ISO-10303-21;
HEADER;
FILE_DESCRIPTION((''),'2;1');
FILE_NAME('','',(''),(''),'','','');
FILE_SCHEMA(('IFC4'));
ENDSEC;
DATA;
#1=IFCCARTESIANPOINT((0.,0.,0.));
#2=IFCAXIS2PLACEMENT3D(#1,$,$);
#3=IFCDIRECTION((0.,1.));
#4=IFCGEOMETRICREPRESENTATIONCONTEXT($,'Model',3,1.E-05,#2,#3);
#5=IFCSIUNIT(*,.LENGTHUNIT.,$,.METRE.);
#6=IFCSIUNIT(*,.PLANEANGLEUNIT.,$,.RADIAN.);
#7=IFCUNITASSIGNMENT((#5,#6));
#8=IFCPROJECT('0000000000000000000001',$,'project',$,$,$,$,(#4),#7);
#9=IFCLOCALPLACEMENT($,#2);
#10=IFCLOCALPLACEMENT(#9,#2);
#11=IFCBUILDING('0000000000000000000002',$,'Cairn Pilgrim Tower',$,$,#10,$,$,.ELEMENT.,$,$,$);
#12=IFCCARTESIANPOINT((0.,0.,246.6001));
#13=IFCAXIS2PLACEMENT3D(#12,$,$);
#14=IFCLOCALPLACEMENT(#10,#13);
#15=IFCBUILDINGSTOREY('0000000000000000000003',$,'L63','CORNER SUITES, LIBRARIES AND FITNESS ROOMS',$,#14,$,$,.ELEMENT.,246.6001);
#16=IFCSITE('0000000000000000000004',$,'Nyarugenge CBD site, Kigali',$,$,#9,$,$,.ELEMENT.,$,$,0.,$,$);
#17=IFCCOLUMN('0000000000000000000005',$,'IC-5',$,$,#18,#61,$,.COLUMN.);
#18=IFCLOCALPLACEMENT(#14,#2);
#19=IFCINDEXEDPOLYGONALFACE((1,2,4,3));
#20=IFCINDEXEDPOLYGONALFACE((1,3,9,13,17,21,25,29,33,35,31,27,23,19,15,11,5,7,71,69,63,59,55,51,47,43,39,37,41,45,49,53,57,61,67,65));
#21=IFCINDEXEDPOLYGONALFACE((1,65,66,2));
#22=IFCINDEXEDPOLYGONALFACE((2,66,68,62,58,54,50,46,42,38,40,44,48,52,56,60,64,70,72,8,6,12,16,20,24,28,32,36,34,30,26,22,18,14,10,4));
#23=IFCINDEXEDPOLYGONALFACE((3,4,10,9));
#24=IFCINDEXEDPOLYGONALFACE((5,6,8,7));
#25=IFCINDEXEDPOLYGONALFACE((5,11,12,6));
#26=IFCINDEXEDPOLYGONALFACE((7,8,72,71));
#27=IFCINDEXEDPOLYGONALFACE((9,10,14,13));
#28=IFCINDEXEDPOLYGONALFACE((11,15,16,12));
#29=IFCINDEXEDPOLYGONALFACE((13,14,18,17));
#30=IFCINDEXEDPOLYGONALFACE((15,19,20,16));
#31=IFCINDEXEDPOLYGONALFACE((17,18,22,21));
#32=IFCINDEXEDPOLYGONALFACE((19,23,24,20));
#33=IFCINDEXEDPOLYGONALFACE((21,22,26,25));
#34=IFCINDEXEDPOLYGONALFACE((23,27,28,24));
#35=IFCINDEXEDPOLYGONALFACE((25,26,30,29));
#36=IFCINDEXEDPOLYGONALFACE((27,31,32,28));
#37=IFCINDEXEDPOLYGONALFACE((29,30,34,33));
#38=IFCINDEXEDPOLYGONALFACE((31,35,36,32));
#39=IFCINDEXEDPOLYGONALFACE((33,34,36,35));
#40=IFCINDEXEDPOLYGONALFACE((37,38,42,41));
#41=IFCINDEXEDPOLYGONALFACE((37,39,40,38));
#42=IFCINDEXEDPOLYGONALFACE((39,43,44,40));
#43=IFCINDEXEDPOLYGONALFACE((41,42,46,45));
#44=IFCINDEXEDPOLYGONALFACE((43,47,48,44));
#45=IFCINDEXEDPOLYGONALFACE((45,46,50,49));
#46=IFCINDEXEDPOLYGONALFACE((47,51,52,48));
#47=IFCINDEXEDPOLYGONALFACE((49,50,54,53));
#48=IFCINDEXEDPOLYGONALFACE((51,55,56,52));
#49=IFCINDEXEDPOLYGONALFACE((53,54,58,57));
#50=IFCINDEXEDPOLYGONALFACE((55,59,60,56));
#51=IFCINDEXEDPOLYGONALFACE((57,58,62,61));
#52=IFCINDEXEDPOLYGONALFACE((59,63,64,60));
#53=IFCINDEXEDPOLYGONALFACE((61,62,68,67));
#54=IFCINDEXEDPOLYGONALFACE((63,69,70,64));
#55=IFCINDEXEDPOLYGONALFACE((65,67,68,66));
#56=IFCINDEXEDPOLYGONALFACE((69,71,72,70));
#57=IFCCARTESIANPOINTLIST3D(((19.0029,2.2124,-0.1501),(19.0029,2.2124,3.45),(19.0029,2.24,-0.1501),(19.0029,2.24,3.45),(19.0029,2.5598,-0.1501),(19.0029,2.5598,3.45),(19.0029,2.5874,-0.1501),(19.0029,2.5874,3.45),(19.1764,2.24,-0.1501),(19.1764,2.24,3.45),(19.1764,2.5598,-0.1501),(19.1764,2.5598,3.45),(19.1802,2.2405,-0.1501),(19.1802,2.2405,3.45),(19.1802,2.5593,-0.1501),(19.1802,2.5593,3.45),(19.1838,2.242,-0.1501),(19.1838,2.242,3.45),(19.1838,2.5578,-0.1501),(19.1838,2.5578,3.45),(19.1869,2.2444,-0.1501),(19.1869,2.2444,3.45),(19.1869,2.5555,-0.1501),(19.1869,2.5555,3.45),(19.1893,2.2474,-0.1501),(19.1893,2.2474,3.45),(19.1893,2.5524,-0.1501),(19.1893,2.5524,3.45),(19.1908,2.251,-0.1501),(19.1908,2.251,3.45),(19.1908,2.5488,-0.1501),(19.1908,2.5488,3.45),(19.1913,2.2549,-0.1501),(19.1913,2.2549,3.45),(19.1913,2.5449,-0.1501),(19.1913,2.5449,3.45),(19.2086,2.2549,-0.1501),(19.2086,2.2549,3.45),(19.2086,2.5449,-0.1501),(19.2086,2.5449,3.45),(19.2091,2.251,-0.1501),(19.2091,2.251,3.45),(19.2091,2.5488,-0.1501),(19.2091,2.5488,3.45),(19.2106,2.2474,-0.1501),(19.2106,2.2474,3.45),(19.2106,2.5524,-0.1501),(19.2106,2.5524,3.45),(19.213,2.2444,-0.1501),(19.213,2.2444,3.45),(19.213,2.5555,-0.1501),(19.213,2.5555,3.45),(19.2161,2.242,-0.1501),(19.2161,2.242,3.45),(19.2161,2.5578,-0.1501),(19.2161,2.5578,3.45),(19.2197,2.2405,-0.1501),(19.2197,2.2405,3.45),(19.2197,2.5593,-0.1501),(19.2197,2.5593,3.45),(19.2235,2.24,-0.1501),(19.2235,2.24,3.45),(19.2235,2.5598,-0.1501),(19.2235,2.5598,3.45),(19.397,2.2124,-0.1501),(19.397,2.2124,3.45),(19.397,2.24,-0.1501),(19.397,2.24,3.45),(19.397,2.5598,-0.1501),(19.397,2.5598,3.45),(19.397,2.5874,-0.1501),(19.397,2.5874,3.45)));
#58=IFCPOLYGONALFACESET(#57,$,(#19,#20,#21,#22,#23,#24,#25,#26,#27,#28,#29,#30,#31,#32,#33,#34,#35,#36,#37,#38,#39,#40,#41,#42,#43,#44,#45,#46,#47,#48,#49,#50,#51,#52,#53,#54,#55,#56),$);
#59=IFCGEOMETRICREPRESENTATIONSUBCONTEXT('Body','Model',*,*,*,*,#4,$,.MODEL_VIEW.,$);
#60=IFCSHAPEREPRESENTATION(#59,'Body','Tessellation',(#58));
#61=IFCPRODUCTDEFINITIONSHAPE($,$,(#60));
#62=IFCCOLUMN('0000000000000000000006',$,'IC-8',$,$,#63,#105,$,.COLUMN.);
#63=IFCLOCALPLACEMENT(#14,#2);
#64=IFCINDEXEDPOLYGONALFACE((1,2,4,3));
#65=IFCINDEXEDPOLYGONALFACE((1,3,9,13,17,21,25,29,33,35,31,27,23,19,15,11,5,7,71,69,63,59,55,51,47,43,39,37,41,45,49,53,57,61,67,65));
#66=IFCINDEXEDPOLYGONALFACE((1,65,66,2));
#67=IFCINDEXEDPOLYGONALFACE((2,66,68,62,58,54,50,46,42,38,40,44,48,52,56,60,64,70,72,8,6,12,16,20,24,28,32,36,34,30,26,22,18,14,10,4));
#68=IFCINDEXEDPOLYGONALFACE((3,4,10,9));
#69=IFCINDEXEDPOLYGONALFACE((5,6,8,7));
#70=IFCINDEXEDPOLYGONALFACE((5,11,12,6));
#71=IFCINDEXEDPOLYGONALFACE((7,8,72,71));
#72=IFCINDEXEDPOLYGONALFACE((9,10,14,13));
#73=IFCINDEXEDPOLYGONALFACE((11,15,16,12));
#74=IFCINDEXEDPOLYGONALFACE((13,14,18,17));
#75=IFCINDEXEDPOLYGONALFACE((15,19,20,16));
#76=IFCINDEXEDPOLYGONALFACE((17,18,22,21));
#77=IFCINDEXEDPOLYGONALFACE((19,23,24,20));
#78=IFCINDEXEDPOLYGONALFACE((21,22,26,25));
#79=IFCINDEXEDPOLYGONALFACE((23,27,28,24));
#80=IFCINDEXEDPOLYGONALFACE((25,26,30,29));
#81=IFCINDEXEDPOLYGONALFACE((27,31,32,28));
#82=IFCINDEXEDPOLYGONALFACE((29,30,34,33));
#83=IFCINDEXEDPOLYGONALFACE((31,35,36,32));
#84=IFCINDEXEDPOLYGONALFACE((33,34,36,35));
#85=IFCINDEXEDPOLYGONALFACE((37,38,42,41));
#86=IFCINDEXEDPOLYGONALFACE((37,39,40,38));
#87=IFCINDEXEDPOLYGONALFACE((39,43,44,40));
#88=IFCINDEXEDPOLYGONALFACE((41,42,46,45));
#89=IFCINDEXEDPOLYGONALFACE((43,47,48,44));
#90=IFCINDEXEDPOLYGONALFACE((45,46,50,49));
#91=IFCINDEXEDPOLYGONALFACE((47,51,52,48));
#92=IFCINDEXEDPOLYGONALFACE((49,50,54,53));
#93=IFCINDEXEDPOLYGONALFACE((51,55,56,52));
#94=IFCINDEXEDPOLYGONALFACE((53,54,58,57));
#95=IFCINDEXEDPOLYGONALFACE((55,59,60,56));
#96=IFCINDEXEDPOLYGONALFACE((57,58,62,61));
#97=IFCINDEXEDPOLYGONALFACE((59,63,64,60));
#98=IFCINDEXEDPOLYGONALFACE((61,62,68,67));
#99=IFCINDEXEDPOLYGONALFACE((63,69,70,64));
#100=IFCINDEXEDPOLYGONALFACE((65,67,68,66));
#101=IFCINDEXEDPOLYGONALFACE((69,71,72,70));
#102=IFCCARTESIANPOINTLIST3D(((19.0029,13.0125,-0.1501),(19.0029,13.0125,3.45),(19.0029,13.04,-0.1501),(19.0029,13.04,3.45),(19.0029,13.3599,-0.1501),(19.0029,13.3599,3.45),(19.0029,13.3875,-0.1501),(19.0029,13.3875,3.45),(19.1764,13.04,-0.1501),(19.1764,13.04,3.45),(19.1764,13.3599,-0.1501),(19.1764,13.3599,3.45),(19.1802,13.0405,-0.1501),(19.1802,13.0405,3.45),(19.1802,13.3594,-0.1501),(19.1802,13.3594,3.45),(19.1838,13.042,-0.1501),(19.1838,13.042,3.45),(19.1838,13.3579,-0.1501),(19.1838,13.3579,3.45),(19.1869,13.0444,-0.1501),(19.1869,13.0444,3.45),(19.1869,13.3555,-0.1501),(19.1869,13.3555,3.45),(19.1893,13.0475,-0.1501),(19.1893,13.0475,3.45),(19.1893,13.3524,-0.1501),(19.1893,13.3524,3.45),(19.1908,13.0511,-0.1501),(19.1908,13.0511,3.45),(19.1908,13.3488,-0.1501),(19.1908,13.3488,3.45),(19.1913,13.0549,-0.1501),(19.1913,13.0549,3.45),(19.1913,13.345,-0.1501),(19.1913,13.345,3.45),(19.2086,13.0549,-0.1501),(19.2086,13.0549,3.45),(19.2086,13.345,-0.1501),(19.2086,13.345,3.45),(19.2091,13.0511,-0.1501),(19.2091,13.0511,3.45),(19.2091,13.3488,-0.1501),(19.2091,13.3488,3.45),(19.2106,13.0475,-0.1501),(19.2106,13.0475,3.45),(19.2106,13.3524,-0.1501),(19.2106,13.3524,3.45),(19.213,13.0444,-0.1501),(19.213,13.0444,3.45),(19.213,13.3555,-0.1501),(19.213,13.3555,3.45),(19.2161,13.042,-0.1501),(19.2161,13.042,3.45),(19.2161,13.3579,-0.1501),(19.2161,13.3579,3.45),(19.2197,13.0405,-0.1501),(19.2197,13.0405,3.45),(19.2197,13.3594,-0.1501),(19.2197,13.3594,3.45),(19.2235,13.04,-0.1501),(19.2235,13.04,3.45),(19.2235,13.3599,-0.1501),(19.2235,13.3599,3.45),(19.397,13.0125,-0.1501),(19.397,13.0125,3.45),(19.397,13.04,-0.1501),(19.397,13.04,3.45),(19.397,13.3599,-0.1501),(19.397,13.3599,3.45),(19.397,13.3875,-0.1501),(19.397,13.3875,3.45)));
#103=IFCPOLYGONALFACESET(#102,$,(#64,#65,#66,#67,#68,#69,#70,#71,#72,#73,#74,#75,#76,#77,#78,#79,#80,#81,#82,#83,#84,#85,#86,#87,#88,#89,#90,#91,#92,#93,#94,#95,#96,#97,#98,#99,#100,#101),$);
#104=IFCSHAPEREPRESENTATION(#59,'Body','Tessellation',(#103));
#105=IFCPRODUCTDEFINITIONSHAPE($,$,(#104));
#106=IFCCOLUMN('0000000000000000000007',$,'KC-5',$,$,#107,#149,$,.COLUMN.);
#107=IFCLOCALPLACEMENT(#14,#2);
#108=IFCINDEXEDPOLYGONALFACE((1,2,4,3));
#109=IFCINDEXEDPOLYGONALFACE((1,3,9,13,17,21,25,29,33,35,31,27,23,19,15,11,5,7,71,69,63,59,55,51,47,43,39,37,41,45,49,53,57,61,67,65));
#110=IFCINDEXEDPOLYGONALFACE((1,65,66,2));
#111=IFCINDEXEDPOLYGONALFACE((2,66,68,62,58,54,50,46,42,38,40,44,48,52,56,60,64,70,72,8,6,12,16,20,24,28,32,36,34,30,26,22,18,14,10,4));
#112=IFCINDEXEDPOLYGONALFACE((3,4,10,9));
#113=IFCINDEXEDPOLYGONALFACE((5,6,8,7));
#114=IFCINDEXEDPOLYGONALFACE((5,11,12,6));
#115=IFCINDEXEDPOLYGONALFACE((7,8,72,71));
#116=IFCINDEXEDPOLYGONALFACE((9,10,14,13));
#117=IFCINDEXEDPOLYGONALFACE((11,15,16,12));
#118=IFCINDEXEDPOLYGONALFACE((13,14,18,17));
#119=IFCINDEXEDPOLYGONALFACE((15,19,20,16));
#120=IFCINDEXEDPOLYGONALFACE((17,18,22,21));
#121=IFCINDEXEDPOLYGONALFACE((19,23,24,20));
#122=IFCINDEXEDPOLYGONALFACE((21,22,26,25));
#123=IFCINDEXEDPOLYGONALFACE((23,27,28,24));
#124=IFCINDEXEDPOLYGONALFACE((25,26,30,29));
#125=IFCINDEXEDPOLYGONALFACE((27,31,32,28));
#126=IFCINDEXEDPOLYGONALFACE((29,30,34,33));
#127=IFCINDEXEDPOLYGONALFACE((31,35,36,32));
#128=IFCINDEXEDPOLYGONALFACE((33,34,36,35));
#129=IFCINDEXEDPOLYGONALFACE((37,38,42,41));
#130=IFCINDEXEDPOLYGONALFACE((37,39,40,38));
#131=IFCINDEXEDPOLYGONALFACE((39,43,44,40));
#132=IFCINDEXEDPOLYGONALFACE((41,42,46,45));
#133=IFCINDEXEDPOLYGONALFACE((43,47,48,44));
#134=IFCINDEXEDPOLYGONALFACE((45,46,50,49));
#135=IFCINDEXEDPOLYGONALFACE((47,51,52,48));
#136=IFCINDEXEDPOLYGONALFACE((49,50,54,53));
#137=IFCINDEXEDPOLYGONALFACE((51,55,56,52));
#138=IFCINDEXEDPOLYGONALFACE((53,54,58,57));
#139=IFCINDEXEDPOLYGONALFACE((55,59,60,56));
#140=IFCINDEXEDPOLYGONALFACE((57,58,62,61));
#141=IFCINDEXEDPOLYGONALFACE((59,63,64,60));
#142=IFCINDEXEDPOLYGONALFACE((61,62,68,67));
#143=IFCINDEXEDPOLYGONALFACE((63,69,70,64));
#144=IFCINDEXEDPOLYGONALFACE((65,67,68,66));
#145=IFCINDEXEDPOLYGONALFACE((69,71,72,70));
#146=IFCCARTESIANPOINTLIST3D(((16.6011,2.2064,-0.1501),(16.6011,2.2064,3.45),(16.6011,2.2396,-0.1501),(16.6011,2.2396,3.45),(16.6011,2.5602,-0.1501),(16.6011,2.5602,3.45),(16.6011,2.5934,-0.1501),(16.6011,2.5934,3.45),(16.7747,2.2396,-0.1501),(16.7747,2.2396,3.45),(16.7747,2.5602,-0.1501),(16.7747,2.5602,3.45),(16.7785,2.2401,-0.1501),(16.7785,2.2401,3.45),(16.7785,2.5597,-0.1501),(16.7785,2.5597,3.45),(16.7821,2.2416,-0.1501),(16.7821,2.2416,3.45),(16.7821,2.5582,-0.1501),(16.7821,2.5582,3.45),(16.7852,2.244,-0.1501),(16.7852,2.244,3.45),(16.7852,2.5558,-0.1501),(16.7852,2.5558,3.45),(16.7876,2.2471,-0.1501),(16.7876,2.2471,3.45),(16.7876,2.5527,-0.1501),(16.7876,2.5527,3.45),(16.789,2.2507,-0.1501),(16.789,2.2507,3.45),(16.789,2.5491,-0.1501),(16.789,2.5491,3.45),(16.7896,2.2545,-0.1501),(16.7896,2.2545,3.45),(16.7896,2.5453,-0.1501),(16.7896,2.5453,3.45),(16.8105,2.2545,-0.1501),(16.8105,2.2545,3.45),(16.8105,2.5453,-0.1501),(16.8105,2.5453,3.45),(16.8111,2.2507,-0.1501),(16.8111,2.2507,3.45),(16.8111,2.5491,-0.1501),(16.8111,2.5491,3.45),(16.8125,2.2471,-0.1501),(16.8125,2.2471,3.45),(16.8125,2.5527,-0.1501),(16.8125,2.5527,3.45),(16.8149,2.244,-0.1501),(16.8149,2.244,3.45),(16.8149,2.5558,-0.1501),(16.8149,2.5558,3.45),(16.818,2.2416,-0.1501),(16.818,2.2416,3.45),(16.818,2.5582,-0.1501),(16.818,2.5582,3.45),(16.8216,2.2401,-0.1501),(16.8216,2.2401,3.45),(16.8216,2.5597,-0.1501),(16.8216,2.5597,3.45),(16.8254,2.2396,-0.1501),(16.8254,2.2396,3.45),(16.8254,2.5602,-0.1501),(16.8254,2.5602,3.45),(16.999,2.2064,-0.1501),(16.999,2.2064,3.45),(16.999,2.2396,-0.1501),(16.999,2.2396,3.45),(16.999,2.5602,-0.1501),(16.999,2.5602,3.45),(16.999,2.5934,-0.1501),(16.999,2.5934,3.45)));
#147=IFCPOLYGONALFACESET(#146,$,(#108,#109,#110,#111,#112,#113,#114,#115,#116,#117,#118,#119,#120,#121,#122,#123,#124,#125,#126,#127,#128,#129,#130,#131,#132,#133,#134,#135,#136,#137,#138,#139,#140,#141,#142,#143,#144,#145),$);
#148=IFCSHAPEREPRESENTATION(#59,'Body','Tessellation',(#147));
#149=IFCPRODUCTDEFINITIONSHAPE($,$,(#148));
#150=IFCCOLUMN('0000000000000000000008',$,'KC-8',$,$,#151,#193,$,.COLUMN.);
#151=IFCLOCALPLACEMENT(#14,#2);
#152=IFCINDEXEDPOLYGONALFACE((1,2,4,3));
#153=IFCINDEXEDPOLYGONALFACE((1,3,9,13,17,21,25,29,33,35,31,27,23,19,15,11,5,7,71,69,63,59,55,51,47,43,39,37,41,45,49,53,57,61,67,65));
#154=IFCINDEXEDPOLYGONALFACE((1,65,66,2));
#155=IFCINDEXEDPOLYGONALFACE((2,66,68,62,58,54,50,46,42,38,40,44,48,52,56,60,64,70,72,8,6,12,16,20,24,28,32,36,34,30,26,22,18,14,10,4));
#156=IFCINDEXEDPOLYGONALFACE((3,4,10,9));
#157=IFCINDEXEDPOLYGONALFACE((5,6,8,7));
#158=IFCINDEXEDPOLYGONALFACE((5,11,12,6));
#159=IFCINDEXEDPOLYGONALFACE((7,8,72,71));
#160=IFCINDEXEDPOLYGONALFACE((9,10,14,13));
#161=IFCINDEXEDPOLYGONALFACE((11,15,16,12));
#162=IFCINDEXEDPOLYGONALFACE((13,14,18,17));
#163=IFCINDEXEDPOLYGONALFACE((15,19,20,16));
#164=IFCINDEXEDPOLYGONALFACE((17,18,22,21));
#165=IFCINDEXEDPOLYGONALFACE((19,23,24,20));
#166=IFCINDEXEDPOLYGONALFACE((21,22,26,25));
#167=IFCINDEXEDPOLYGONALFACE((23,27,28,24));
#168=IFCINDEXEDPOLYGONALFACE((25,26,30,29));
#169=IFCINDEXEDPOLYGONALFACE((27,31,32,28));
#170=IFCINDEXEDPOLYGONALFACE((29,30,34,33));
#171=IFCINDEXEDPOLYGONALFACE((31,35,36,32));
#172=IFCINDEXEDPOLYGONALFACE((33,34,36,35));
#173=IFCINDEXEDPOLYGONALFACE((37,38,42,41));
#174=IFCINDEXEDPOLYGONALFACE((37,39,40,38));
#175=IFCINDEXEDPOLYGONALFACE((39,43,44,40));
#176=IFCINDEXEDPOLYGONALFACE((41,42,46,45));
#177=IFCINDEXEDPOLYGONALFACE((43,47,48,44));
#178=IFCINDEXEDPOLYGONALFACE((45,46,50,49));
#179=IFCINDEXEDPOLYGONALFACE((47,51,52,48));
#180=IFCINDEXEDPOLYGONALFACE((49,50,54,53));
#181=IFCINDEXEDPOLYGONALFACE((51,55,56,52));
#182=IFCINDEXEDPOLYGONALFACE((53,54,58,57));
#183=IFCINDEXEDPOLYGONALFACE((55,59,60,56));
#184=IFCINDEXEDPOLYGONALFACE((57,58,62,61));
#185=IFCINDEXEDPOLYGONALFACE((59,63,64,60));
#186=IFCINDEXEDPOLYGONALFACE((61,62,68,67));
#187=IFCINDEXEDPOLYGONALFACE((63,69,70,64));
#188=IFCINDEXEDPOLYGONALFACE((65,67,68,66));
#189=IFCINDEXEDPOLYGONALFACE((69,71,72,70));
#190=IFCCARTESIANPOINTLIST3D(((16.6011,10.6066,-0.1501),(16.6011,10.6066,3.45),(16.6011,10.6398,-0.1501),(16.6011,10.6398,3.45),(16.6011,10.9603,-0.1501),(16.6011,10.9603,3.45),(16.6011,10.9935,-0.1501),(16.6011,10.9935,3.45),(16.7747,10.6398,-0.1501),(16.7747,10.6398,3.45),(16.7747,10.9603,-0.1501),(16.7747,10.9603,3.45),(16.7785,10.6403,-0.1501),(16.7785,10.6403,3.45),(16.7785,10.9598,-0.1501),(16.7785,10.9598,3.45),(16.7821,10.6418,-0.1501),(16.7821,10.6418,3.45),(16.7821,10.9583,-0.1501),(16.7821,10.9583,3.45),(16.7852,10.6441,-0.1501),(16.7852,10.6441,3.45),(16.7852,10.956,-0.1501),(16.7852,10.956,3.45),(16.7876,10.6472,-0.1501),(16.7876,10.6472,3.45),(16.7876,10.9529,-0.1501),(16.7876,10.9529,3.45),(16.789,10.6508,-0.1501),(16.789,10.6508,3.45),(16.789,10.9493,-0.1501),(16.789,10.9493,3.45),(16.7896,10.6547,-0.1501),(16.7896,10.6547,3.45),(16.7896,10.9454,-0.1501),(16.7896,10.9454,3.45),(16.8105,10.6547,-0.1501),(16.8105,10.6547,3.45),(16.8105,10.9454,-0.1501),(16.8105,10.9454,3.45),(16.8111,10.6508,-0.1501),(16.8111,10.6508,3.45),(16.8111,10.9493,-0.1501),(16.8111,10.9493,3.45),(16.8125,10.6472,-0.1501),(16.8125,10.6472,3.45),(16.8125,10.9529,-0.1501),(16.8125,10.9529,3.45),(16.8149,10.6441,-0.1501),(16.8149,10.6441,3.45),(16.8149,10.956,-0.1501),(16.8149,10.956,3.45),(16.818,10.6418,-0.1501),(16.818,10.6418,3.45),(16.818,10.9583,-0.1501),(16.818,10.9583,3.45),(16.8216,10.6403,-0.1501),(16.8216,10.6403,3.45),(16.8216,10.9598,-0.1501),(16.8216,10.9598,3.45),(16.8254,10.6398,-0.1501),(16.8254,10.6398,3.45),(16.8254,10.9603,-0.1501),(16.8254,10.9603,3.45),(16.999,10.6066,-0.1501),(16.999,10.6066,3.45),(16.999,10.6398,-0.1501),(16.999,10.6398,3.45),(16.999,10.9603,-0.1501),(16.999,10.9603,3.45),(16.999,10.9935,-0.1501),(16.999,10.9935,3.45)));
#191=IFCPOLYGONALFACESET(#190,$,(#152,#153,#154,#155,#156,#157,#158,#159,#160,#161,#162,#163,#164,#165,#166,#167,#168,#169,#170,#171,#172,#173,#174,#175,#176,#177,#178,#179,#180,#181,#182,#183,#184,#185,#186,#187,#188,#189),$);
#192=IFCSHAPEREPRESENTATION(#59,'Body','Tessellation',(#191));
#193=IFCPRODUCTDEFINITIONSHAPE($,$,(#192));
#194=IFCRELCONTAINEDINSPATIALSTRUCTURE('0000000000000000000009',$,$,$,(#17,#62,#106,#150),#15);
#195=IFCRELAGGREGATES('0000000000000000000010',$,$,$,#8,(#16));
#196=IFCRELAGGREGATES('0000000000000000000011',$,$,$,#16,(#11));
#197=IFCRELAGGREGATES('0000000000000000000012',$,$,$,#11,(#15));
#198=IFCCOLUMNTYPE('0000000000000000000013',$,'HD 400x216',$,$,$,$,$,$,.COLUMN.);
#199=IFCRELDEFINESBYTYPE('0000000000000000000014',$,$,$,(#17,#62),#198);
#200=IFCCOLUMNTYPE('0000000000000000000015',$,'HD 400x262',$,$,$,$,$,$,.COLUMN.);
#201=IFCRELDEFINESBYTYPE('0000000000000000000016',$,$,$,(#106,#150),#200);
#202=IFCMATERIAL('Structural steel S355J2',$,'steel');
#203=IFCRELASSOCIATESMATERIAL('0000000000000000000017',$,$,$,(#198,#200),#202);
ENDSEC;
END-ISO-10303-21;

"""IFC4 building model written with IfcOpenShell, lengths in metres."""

from ifc_helpers import new_model, si_unit, direction, frame, origin, origin_2d, place, context, subcontext, project, spatial, i_section, extrude, material, material_profile, profile_set, type_object, element, save


model = new_model("IFC4")

# Units and contexts
model_context = context("Model", 3, precision=1e-05, world=origin(), true_north=direction((0.0, 1.0)))
body_context = subcontext(model_context, "Body", "Model", "MODEL_VIEW")
ifc_project = project(units=[si_unit("LENGTHUNIT", "METRE"), si_unit("PLANEANGLEUNIT", "RADIAN")], contexts=[model_context])

# Site, building, storey
site_placement = place(None, origin())
site = spatial("IfcSite", under=ifc_project, at=site_placement, Name="Nyarugenge CBD site, Kigali", CompositionType="ELEMENT", RefElevation=0.0)
building_placement = place(site_placement, origin())
building = spatial("IfcBuilding", under=site, at=building_placement, Name="Cairn Pilgrim Tower", CompositionType="ELEMENT")
storey_placement = place(building_placement, frame((0.0, 0.0, 246.6001)))
storey = spatial("IfcBuildingStorey", under=building, at=storey_placement, Name="L63", Description="CORNER SUITES, LIBRARIES AND FITNESS ROOMS", CompositionType="ELEMENT", Elevation=246.6001)

# Columns
ifc_material_1 = material(Name="Structural steel S355J2", Category="steel")
ifc_material_profile_1 = material_profile(ifc_material_1, i_section(OverallWidth=0.394, OverallDepth=0.375, WebThickness=0.0173, FlangeThickness=0.0276, FilletRadius=0.0149, at=origin_2d()), Name="HD 400x216")
ifc_profile_set_1 = profile_set([ifc_material_profile_1], Name="Structural steel S355J2")
column_type_1 = type_object("IfcColumnType", Name="HD 400x216", PredefinedType="COLUMN", material=ifc_profile_set_1)
for number, where, z_axis, x_axis, name in (
    (1, (19.2, 2.3999, -0.1501), (0.0, 0.0, 1.0), (1.0, 0.0, 0.0), "IC-5"),
    (2, (19.2, 13.2, -0.1501), (0.0, 0.0, 1.0), (1.0, 0.0, 0.0), "IC-8"),
):
    element("IfcColumn", number, at=place(storey_placement, frame(where, z_axis=z_axis, x_axis=x_axis)), inside=storey, type_object=column_type_1, Name=name, PredefinedType="COLUMN", context=body_context, shape_type="SweptSolid", body=[
        extrude(i_section(OverallWidth=0.394, OverallDepth=0.375, WebThickness=0.0173, FlangeThickness=0.0276, FilletRadius=0.0149, at=origin_2d()), origin(), (0.0, 0.0, 1.0), 3.6001),
    ])
ifc_material_profile_2 = material_profile(ifc_material_1, i_section(OverallWidth=0.3979, OverallDepth=0.387, WebThickness=0.021, FlangeThickness=0.0332, FilletRadius=0.0149, at=origin_2d()), Name="HD 400x262")
ifc_profile_set_2 = profile_set([ifc_material_profile_2], Name="Structural steel S355J2")
column_type_2 = type_object("IfcColumnType", Name="HD 400x262", PredefinedType="COLUMN", material=ifc_profile_set_2)
for number, where, z_axis, x_axis, name in (
    (3, (16.8, 2.3999, -0.1501), (0.0, 0.0, 1.0), (1.0, 0.0, 0.0), "KC-5"),
    (4, (16.8, 10.8, -0.1501), (0.0, 0.0, 1.0), (1.0, 0.0, 0.0), "KC-8"),
):
    element("IfcColumn", number, at=place(storey_placement, frame(where, z_axis=z_axis, x_axis=x_axis)), inside=storey, type_object=column_type_2, Name=name, PredefinedType="COLUMN", context=body_context, shape_type="SweptSolid", body=[
        extrude(i_section(OverallWidth=0.3979, OverallDepth=0.387, WebThickness=0.021, FlangeThickness=0.0332, FilletRadius=0.0149, at=origin_2d()), origin(), (0.0, 0.0, 1.0), 3.6001),
    ])

save(model, "model.ifc")
